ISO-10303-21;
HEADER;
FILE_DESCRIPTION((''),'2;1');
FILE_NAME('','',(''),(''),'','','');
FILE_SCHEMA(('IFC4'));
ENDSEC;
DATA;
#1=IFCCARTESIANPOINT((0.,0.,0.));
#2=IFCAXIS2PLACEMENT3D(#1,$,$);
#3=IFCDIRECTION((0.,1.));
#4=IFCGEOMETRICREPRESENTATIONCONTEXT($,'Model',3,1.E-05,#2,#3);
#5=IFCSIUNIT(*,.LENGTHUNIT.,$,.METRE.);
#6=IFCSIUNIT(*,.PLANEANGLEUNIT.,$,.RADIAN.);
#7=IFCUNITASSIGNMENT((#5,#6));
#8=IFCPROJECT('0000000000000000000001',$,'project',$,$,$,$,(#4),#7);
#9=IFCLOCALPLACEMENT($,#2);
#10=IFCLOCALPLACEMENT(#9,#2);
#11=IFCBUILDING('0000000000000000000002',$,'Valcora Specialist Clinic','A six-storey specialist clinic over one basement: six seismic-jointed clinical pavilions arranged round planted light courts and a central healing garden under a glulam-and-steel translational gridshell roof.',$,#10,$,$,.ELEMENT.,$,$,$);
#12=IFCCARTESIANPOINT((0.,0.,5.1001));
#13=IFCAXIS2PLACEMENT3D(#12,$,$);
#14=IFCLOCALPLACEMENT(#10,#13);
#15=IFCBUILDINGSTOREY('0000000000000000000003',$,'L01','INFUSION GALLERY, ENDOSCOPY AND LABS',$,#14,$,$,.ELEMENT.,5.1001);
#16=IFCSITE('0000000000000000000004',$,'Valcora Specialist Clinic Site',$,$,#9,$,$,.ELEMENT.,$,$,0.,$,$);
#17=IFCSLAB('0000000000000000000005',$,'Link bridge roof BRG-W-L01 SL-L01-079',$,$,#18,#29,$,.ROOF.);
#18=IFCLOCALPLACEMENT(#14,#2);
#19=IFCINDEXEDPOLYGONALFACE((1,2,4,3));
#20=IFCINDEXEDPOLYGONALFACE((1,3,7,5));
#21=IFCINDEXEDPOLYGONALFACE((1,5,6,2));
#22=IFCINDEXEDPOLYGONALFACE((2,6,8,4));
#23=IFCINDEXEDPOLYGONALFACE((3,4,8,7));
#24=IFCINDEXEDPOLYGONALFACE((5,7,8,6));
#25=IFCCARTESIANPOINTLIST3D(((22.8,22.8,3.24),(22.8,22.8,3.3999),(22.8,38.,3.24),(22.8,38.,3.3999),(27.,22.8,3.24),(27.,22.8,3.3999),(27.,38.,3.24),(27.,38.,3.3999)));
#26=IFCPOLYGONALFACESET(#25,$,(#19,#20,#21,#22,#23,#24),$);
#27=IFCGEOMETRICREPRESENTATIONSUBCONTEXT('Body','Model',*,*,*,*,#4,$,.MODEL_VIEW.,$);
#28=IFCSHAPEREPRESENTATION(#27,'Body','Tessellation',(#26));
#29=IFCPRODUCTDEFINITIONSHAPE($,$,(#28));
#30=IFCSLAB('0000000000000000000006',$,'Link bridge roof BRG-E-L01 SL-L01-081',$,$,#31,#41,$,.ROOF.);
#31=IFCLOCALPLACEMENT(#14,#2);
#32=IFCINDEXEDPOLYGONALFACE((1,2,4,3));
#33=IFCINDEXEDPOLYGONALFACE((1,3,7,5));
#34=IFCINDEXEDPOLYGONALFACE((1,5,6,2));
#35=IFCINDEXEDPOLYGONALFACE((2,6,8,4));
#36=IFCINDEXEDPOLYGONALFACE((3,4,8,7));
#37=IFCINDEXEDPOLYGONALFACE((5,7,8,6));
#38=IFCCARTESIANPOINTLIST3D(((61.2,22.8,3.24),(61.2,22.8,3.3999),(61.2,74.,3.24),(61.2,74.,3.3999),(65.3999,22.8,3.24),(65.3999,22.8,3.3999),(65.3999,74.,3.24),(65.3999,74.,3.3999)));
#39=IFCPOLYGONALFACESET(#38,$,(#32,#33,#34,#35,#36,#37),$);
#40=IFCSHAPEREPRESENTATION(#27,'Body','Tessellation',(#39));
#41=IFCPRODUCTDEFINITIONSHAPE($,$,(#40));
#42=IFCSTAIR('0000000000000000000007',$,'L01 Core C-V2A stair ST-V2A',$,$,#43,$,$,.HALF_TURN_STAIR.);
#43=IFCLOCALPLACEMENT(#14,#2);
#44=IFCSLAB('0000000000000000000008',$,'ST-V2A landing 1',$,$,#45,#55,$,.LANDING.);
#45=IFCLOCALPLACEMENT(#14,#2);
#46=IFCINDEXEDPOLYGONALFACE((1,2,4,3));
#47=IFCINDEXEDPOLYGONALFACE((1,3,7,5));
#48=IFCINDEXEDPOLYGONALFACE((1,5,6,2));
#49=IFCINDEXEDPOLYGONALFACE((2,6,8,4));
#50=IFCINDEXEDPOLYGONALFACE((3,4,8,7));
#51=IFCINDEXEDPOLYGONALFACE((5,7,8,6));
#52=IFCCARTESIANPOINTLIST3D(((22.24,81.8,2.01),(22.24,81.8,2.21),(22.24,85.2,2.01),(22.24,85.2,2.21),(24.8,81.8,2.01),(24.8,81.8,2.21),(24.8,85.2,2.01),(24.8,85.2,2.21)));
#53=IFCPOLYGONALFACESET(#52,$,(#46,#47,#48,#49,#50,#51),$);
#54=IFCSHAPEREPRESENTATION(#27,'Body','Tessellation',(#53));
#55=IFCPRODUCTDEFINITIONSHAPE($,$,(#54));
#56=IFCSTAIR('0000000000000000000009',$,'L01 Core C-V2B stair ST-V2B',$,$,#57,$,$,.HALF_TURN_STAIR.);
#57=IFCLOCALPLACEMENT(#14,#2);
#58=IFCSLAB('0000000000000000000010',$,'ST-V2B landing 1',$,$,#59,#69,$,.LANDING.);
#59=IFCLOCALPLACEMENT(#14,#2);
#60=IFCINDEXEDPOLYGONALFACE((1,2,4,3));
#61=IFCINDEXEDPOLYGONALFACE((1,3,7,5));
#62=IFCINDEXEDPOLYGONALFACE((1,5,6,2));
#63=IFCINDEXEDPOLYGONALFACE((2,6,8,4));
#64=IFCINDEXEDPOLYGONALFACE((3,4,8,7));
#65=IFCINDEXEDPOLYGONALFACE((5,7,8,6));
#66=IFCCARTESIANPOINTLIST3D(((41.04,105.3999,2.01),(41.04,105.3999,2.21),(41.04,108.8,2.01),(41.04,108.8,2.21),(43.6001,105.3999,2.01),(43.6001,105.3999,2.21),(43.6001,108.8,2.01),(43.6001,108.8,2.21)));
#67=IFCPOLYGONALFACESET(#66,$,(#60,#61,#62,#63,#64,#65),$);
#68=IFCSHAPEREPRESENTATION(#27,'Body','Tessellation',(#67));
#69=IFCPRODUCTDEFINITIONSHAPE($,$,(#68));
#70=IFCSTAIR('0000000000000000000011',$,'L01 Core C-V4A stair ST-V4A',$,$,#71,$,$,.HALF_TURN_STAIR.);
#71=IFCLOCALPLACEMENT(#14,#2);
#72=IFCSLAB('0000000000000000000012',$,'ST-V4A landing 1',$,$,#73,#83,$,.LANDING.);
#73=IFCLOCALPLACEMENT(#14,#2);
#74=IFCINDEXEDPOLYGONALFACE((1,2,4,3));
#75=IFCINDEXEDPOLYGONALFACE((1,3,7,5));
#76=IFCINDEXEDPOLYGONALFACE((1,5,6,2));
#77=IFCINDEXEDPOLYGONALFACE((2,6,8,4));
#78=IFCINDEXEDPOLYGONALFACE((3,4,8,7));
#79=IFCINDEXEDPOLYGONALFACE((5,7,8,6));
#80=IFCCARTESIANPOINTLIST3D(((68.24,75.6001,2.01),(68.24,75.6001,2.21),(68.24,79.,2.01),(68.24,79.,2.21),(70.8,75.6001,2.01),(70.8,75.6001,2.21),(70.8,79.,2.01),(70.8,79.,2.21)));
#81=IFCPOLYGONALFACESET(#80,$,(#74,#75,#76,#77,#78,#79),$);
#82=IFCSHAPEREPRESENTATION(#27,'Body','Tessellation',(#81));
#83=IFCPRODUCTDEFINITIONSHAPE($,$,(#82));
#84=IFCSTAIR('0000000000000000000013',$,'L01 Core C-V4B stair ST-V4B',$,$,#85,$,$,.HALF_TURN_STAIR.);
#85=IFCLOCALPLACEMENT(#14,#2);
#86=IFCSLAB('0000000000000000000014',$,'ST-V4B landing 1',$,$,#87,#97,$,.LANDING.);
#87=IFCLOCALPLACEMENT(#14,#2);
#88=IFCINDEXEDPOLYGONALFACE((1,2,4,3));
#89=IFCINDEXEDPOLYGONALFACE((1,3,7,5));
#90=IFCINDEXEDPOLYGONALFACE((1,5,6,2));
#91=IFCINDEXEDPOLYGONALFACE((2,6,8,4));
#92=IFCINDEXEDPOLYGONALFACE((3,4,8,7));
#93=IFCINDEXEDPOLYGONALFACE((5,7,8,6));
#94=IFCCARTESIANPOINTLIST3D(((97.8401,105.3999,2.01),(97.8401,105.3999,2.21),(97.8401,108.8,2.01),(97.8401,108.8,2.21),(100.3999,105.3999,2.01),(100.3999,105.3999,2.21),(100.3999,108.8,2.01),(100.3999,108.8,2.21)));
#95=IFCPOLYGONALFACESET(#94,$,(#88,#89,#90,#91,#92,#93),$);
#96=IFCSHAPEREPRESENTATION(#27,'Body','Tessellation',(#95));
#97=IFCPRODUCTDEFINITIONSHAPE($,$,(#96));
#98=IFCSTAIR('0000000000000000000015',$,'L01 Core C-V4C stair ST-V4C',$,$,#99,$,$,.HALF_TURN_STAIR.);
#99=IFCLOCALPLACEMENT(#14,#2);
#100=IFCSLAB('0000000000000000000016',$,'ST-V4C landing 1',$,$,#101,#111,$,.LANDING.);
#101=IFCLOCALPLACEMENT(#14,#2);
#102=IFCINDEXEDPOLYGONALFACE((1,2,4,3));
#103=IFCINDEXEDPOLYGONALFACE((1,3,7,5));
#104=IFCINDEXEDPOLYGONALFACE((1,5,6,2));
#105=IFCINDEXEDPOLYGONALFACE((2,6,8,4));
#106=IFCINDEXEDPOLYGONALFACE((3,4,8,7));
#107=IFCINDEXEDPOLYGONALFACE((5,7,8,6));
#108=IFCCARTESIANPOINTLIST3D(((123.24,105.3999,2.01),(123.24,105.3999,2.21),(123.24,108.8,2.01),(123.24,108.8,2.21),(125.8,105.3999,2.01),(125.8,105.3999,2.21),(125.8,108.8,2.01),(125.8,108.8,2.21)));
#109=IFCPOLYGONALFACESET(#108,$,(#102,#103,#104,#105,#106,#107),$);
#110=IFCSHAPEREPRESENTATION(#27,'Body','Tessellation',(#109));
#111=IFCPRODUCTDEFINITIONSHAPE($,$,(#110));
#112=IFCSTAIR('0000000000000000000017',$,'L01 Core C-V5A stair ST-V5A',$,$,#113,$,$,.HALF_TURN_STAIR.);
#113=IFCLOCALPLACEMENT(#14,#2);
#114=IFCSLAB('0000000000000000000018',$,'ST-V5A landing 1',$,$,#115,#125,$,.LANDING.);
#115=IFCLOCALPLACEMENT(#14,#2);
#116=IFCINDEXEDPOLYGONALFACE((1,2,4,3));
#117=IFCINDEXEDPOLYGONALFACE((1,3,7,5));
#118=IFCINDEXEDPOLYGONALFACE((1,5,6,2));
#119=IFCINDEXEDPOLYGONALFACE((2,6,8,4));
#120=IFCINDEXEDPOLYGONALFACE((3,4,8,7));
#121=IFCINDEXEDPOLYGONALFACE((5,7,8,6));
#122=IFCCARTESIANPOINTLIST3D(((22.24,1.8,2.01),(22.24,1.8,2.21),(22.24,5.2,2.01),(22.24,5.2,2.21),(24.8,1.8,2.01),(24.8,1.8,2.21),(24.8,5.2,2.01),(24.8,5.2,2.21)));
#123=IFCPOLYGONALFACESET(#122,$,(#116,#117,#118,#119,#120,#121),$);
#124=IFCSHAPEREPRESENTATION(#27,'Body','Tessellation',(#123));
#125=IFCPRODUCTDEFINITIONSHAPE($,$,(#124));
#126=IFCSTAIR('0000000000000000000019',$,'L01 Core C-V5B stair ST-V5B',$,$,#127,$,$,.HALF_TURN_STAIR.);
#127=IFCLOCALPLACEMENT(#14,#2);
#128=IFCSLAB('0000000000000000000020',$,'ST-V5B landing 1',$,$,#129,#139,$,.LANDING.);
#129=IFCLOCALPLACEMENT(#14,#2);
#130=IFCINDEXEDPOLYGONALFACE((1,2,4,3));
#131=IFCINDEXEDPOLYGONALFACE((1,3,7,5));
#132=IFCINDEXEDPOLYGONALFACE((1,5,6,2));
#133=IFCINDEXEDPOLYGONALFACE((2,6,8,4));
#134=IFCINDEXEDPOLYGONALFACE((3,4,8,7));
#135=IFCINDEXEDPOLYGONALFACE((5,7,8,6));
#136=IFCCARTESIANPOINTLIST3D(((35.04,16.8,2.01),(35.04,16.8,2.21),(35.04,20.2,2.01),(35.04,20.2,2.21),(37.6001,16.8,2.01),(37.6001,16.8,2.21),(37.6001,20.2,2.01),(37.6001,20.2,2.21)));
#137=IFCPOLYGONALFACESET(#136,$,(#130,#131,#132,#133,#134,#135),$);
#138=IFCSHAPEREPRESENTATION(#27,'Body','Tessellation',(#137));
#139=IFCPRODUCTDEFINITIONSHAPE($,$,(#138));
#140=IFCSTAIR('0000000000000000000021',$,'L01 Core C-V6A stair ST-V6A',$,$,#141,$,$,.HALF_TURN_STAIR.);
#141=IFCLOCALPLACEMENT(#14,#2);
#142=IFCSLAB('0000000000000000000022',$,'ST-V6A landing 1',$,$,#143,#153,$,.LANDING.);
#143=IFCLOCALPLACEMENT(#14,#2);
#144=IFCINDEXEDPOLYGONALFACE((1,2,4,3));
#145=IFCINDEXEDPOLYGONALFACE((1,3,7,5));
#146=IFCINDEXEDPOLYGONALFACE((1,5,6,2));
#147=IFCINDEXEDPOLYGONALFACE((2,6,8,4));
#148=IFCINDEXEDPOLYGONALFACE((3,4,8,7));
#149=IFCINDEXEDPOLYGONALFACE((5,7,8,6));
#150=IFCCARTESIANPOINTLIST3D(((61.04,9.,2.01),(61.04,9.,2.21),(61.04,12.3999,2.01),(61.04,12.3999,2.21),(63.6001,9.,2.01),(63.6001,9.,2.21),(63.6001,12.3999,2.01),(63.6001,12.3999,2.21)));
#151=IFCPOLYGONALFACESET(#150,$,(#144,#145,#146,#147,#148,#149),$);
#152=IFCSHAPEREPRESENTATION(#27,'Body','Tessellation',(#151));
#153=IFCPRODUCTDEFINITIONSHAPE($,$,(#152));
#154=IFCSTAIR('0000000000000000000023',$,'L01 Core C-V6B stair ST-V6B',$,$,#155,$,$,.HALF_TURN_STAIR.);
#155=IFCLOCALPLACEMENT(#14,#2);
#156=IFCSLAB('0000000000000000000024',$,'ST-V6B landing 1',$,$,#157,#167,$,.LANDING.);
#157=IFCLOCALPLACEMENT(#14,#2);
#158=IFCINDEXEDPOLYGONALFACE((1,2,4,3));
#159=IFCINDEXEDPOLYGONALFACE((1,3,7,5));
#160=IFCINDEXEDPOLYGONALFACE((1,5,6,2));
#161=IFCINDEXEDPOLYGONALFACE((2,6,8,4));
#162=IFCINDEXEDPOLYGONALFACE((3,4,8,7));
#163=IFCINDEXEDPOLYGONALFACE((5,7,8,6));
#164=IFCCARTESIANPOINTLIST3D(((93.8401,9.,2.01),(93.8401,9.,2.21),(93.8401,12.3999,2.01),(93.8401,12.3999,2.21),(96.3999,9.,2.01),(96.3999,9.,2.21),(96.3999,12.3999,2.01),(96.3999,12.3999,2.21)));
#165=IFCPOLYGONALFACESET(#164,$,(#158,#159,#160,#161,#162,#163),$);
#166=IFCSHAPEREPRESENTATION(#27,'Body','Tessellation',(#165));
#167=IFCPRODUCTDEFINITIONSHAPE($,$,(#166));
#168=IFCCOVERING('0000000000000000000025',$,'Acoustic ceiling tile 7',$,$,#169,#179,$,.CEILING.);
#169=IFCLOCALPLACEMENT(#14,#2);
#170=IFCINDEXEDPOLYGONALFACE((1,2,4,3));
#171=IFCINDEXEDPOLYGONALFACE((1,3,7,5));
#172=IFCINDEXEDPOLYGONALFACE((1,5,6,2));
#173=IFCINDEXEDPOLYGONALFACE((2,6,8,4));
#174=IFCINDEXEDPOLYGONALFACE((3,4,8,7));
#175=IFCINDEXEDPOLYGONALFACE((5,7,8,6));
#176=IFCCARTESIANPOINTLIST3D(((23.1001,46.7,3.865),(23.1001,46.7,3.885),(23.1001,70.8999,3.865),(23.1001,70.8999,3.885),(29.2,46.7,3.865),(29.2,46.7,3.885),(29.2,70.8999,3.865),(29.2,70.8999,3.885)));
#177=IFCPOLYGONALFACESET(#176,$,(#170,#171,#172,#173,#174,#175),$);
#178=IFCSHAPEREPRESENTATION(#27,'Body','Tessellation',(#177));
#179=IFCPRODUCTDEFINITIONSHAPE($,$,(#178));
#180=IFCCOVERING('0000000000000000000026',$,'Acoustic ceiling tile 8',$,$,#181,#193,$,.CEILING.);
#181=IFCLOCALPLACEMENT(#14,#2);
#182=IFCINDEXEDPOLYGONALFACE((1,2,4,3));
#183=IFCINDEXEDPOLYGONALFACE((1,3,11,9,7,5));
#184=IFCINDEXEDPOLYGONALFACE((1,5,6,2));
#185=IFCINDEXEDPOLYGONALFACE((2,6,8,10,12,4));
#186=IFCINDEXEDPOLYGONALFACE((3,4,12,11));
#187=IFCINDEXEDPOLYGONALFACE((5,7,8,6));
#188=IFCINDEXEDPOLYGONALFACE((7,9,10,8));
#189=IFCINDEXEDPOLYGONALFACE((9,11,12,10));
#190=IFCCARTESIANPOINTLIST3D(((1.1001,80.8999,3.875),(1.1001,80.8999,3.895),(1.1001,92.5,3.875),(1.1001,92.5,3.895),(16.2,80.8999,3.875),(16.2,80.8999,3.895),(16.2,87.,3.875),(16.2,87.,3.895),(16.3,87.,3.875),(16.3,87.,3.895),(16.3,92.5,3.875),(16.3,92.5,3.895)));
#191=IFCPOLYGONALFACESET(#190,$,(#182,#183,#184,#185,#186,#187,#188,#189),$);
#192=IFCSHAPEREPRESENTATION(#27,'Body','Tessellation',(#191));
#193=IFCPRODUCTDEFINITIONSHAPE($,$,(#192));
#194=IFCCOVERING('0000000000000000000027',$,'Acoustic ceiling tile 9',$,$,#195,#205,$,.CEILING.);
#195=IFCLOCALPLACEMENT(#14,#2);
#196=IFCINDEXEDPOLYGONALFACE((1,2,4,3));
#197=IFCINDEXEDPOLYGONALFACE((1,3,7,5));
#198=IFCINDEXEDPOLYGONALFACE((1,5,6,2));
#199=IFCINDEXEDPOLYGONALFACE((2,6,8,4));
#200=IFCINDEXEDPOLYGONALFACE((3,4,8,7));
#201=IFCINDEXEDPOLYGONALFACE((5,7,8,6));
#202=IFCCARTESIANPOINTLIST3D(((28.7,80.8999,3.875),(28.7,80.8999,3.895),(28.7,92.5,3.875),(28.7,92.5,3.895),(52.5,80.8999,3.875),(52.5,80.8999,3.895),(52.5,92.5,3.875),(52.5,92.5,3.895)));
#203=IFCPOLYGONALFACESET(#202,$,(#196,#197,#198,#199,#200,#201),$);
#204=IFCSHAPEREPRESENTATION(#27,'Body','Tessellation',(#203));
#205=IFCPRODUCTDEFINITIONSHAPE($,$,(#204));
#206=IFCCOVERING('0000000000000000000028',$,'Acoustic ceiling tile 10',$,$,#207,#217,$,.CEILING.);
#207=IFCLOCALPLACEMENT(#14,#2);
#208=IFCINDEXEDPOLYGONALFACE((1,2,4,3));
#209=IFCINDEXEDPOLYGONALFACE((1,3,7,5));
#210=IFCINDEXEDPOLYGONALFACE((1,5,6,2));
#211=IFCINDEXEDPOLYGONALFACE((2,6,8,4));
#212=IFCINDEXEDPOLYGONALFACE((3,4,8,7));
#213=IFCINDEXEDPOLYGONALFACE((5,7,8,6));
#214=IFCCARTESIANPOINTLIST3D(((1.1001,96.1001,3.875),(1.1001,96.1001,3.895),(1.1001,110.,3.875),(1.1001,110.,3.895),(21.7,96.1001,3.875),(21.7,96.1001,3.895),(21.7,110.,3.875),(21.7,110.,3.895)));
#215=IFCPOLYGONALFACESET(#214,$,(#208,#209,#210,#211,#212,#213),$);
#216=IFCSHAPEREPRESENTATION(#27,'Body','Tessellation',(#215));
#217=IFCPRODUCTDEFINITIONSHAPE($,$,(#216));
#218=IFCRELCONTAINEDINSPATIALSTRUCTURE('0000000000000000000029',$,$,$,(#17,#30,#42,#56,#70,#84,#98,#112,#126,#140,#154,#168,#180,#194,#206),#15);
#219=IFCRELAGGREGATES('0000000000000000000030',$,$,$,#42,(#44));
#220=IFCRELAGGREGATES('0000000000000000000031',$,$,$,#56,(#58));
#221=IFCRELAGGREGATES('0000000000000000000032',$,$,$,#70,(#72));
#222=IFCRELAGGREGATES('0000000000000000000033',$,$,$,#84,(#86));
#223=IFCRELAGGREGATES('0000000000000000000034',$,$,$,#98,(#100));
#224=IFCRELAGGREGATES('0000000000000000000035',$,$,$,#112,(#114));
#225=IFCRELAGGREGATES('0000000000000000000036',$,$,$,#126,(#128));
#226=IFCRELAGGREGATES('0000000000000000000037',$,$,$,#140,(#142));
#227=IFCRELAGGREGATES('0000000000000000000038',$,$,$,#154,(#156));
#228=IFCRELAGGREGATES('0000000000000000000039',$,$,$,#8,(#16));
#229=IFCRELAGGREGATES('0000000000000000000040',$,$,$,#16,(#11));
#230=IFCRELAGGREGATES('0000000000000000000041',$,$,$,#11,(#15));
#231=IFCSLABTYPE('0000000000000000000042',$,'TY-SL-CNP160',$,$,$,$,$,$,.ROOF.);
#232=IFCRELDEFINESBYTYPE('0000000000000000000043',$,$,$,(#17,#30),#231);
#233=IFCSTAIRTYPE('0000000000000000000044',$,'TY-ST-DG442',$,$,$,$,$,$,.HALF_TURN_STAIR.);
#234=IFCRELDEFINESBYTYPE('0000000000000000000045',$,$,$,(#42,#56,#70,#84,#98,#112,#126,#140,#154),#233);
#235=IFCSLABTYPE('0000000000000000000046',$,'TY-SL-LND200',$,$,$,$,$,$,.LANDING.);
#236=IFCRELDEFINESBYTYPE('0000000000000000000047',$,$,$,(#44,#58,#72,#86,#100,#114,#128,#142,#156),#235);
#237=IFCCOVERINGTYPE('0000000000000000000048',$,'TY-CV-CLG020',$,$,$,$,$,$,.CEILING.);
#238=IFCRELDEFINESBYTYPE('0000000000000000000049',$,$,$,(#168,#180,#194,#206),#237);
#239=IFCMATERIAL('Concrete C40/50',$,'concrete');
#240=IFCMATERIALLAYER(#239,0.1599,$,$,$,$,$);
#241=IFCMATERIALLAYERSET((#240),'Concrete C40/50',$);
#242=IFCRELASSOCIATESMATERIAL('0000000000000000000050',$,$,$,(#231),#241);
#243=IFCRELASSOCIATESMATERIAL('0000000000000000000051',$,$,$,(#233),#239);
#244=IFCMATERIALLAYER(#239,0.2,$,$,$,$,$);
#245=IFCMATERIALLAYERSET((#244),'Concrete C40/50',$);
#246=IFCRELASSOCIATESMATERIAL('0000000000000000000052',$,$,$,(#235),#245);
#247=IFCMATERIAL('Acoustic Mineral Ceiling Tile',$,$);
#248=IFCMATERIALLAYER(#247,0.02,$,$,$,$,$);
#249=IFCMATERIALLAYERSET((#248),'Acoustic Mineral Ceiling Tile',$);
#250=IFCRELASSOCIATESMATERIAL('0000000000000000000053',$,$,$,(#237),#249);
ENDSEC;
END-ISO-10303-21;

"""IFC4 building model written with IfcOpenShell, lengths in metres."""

from ifc_helpers import new_model, si_unit, direction, frame, origin, place, context, subcontext, project, spatial, polyline, outline, extrude, material, layer, layer_set, type_object, element, aggregate, save


model = new_model("IFC4")

# Units and contexts
model_context = context("Model", 3, precision=1e-05, world=origin(), true_north=direction((0.0, 1.0)))
body_context = subcontext(model_context, "Body", "Model", "MODEL_VIEW")
ifc_project = project(units=[si_unit("LENGTHUNIT", "METRE"), si_unit("PLANEANGLEUNIT", "RADIAN")], contexts=[model_context])

# Site, building, storey
site_placement = place(None, origin())
site = spatial("IfcSite", under=ifc_project, at=site_placement, Name="Valcora Specialist Clinic Site", CompositionType="ELEMENT", RefElevation=0.0)
building_placement = place(site_placement, origin())
building = spatial("IfcBuilding", under=site, at=building_placement, Name="Valcora Specialist Clinic", Description="A six-storey specialist clinic over one basement: six seismic-jointed clinical pavilions arranged round planted light courts and a central healing garden under a glulam-and-steel translational gridshell roof.", CompositionType="ELEMENT")
storey_placement = place(building_placement, frame((0.0, 0.0, 5.1001)))
storey = spatial("IfcBuildingStorey", under=building, at=storey_placement, Name="L01", Description="INFUSION GALLERY, ENDOSCOPY AND LABS", CompositionType="ELEMENT", Elevation=5.1001)

# Slabs
ifc_material_1 = material(Name="Concrete C40/50", Category="concrete")
ifc_layer_1 = layer(ifc_material_1, 0.1599)
ifc_layer_set_1 = layer_set([ifc_layer_1], Name="Concrete C40/50")
slab_type_1 = type_object("IfcSlabType", Name="TY-SL-CNP160", PredefinedType="ROOF", material=ifc_layer_set_1)
slab_1_placement = place(storey_placement, frame((0.0, 0.0, 3.24)))
element("IfcSlab", 1, at=slab_1_placement, inside=storey, type_object=slab_type_1, Name="Link bridge roof BRG-W-L01 SL-L01-079", PredefinedType="ROOF", context=body_context, shape_type="SweptSolid", body=[
    extrude(outline(polyline([(22.8, 22.8), (27.0, 22.8), (27.0, 38.0), (22.8, 38.0), (22.8, 22.8)])), origin(), (0.0, 0.0, 1.0), 0.1599),
])
slab_2_placement = place(storey_placement, frame((0.0, 0.0, 3.24)))
element("IfcSlab", 2, at=slab_2_placement, inside=storey, type_object=slab_type_1, Name="Link bridge roof BRG-E-L01 SL-L01-081", PredefinedType="ROOF", context=body_context, shape_type="SweptSolid", body=[
    extrude(outline(polyline([(61.2, 22.8), (65.3999, 22.8), (65.3999, 74.0), (61.2, 74.0), (61.2, 22.8)])), origin(), (0.0, 0.0, 1.0), 0.1599),
])

# Stairs, slabs
stair_type = type_object("IfcStairType", Name="TY-ST-DG442", PredefinedType="HALF_TURN_STAIR", material=ifc_material_1)
stair_1_placement = place(storey_placement, origin())
stair_1 = element("IfcStair", 3, at=stair_1_placement, inside=storey, type_object=stair_type, Name="L01 Core C-V2A stair ST-V2A", PredefinedType="HALF_TURN_STAIR")
ifc_layer_2 = layer(ifc_material_1, 0.2)
ifc_layer_set_2 = layer_set([ifc_layer_2], Name="Concrete C40/50")
slab_type_2 = type_object("IfcSlabType", Name="TY-SL-LND200", PredefinedType="LANDING", material=ifc_layer_set_2)
slab_3_placement = place(storey_placement, frame((0.0, 0.0, 2.01)))
slab_3 = element("IfcSlab", 4, at=slab_3_placement, type_object=slab_type_2, Name="ST-V2A landing 1", PredefinedType="LANDING", context=body_context, shape_type="SweptSolid", body=[
    extrude(outline(polyline([(22.24, 81.8), (24.8, 81.8), (24.8, 85.2), (22.24, 85.2), (22.24, 81.8)])), origin(), (0.0, 0.0, 1.0), 0.2),
])
aggregate(stair_1, [slab_3])
stair_2_placement = place(storey_placement, origin())
stair_2 = element("IfcStair", 5, at=stair_2_placement, inside=storey, type_object=stair_type, Name="L01 Core C-V2B stair ST-V2B", PredefinedType="HALF_TURN_STAIR")
slab_4_placement = place(storey_placement, frame((0.0, 0.0, 2.01)))
slab_4 = element("IfcSlab", 6, at=slab_4_placement, type_object=slab_type_2, Name="ST-V2B landing 1", PredefinedType="LANDING", context=body_context, shape_type="SweptSolid", body=[
    extrude(outline(polyline([(41.04, 105.3999), (43.6001, 105.3999), (43.6001, 108.8), (41.04, 108.8), (41.04, 105.3999)])), origin(), (0.0, 0.0, 1.0), 0.2),
])
aggregate(stair_2, [slab_4])
stair_3_placement = place(storey_placement, origin())
stair_3 = element("IfcStair", 7, at=stair_3_placement, inside=storey, type_object=stair_type, Name="L01 Core C-V4A stair ST-V4A", PredefinedType="HALF_TURN_STAIR")
slab_5_placement = place(storey_placement, frame((0.0, 0.0, 2.01)))
slab_5 = element("IfcSlab", 8, at=slab_5_placement, type_object=slab_type_2, Name="ST-V4A landing 1", PredefinedType="LANDING", context=body_context, shape_type="SweptSolid", body=[
    extrude(outline(polyline([(68.24, 75.6001), (70.8, 75.6001), (70.8, 79.0), (68.24, 79.0), (68.24, 75.6001)])), origin(), (0.0, 0.0, 1.0), 0.2),
])
aggregate(stair_3, [slab_5])
stair_4_placement = place(storey_placement, origin())
stair_4 = element("IfcStair", 9, at=stair_4_placement, inside=storey, type_object=stair_type, Name="L01 Core C-V4B stair ST-V4B", PredefinedType="HALF_TURN_STAIR")
slab_6_placement = place(storey_placement, frame((0.0, 0.0, 2.01)))
slab_6 = element("IfcSlab", 10, at=slab_6_placement, type_object=slab_type_2, Name="ST-V4B landing 1", PredefinedType="LANDING", context=body_context, shape_type="SweptSolid", body=[
    extrude(outline(polyline([(97.8401, 105.3999), (100.3999, 105.3999), (100.3999, 108.8), (97.8401, 108.8), (97.8401, 105.3999)])), origin(), (0.0, 0.0, 1.0), 0.2),
])
aggregate(stair_4, [slab_6])
stair_5_placement = place(storey_placement, origin())
stair_5 = element("IfcStair", 11, at=stair_5_placement, inside=storey, type_object=stair_type, Name="L01 Core C-V4C stair ST-V4C", PredefinedType="HALF_TURN_STAIR")
slab_7_placement = place(storey_placement, frame((0.0, 0.0, 2.01)))
slab_7 = element("IfcSlab", 12, at=slab_7_placement, type_object=slab_type_2, Name="ST-V4C landing 1", PredefinedType="LANDING", context=body_context, shape_type="SweptSolid", body=[
    extrude(outline(polyline([(123.24, 105.3999), (125.8, 105.3999), (125.8, 108.8), (123.24, 108.8), (123.24, 105.3999)])), origin(), (0.0, 0.0, 1.0), 0.2),
])
aggregate(stair_5, [slab_7])
stair_6_placement = place(storey_placement, origin())
stair_6 = element("IfcStair", 13, at=stair_6_placement, inside=storey, type_object=stair_type, Name="L01 Core C-V5A stair ST-V5A", PredefinedType="HALF_TURN_STAIR")
slab_8_placement = place(storey_placement, frame((0.0, 0.0, 2.01)))
slab_8 = element("IfcSlab", 14, at=slab_8_placement, type_object=slab_type_2, Name="ST-V5A landing 1", PredefinedType="LANDING", context=body_context, shape_type="SweptSolid", body=[
    extrude(outline(polyline([(22.24, 1.8), (24.8, 1.8), (24.8, 5.2), (22.24, 5.2), (22.24, 1.8)])), origin(), (0.0, 0.0, 1.0), 0.2),
])
aggregate(stair_6, [slab_8])
stair_7_placement = place(storey_placement, origin())
stair_7 = element("IfcStair", 15, at=stair_7_placement, inside=storey, type_object=stair_type, Name="L01 Core C-V5B stair ST-V5B", PredefinedType="HALF_TURN_STAIR")
slab_9_placement = place(storey_placement, frame((0.0, 0.0, 2.01)))
slab_9 = element("IfcSlab", 16, at=slab_9_placement, type_object=slab_type_2, Name="ST-V5B landing 1", PredefinedType="LANDING", context=body_context, shape_type="SweptSolid", body=[
    extrude(outline(polyline([(35.04, 16.8), (37.6001, 16.8), (37.6001, 20.2), (35.04, 20.2), (35.04, 16.8)])), origin(), (0.0, 0.0, 1.0), 0.2),
])
aggregate(stair_7, [slab_9])
stair_8_placement = place(storey_placement, origin())
stair_8 = element("IfcStair", 17, at=stair_8_placement, inside=storey, type_object=stair_type, Name="L01 Core C-V6A stair ST-V6A", PredefinedType="HALF_TURN_STAIR")
slab_10_placement = place(storey_placement, frame((0.0, 0.0, 2.01)))
slab_10 = element("IfcSlab", 18, at=slab_10_placement, type_object=slab_type_2, Name="ST-V6A landing 1", PredefinedType="LANDING", context=body_context, shape_type="SweptSolid", body=[
    extrude(outline(polyline([(61.04, 9.0), (63.6001, 9.0), (63.6001, 12.3999), (61.04, 12.3999), (61.04, 9.0)])), origin(), (0.0, 0.0, 1.0), 0.2),
])
aggregate(stair_8, [slab_10])
stair_9_placement = place(storey_placement, origin())
stair_9 = element("IfcStair", 19, at=stair_9_placement, inside=storey, type_object=stair_type, Name="L01 Core C-V6B stair ST-V6B", PredefinedType="HALF_TURN_STAIR")
slab_11_placement = place(storey_placement, frame((0.0, 0.0, 2.01)))
slab_11 = element("IfcSlab", 20, at=slab_11_placement, type_object=slab_type_2, Name="ST-V6B landing 1", PredefinedType="LANDING", context=body_context, shape_type="SweptSolid", body=[
    extrude(outline(polyline([(93.8401, 9.0), (96.3999, 9.0), (96.3999, 12.3999), (93.8401, 12.3999), (93.8401, 9.0)])), origin(), (0.0, 0.0, 1.0), 0.2),
])
aggregate(stair_9, [slab_11])

# Coverings
ifc_material_2 = material(Name="Acoustic Mineral Ceiling Tile")
ifc_layer_3 = layer(ifc_material_2, 0.02)
ifc_layer_set_3 = layer_set([ifc_layer_3], Name="Acoustic Mineral Ceiling Tile")
covering_type_1 = type_object("IfcCoveringType", Name="TY-CV-CLG020", PredefinedType="CEILING", material=ifc_layer_set_3)
covering_1_placement = place(storey_placement, frame((0.0, 0.0, 3.865)))
element("IfcCovering", 21, at=covering_1_placement, inside=storey, type_object=covering_type_1, Name="Acoustic ceiling tile 7", PredefinedType="CEILING", context=body_context, shape_type="SweptSolid", body=[
    extrude(outline(polyline([(23.1001, 70.8999), (29.2, 70.8999), (29.2, 46.7), (23.1001, 46.7), (23.1001, 70.8999)])), origin(), (0.0, 0.0, 1.0), 0.02),
])
covering_2_placement = place(storey_placement, frame((0.0, 0.0, 3.875)))
element("IfcCovering", 22, at=covering_2_placement, inside=storey, type_object=covering_type_1, Name="Acoustic ceiling tile 8", PredefinedType="CEILING", context=body_context, shape_type="SweptSolid", body=[
    extrude(outline(polyline([(1.1001, 92.5), (16.3, 92.5), (16.3, 87.0), (16.2, 87.0), (16.2, 80.8999), (1.1001, 80.8999), (1.1001, 92.5)])), origin(), (0.0, 0.0, 1.0), 0.02),
])
covering_3_placement = place(storey_placement, frame((0.0, 0.0, 3.875)))
element("IfcCovering", 23, at=covering_3_placement, inside=storey, type_object=covering_type_1, Name="Acoustic ceiling tile 9", PredefinedType="CEILING", context=body_context, shape_type="SweptSolid", body=[
    extrude(outline(polyline([(52.5, 92.5), (52.5, 80.8999), (28.7, 80.8999), (28.7, 92.5), (52.5, 92.5)])), origin(), (0.0, 0.0, 1.0), 0.02),
])
covering_4_placement = place(storey_placement, frame((0.0, 0.0, 3.875)))
element("IfcCovering", 24, at=covering_4_placement, inside=storey, type_object=covering_type_1, Name="Acoustic ceiling tile 10", PredefinedType="CEILING", context=body_context, shape_type="SweptSolid", body=[
    extrude(outline(polyline([(21.7, 110.0), (21.7, 96.1001), (1.1001, 96.1001), (1.1001, 110.0), (21.7, 110.0)])), origin(), (0.0, 0.0, 1.0), 0.02),
])

save(model, "model.ifc")
